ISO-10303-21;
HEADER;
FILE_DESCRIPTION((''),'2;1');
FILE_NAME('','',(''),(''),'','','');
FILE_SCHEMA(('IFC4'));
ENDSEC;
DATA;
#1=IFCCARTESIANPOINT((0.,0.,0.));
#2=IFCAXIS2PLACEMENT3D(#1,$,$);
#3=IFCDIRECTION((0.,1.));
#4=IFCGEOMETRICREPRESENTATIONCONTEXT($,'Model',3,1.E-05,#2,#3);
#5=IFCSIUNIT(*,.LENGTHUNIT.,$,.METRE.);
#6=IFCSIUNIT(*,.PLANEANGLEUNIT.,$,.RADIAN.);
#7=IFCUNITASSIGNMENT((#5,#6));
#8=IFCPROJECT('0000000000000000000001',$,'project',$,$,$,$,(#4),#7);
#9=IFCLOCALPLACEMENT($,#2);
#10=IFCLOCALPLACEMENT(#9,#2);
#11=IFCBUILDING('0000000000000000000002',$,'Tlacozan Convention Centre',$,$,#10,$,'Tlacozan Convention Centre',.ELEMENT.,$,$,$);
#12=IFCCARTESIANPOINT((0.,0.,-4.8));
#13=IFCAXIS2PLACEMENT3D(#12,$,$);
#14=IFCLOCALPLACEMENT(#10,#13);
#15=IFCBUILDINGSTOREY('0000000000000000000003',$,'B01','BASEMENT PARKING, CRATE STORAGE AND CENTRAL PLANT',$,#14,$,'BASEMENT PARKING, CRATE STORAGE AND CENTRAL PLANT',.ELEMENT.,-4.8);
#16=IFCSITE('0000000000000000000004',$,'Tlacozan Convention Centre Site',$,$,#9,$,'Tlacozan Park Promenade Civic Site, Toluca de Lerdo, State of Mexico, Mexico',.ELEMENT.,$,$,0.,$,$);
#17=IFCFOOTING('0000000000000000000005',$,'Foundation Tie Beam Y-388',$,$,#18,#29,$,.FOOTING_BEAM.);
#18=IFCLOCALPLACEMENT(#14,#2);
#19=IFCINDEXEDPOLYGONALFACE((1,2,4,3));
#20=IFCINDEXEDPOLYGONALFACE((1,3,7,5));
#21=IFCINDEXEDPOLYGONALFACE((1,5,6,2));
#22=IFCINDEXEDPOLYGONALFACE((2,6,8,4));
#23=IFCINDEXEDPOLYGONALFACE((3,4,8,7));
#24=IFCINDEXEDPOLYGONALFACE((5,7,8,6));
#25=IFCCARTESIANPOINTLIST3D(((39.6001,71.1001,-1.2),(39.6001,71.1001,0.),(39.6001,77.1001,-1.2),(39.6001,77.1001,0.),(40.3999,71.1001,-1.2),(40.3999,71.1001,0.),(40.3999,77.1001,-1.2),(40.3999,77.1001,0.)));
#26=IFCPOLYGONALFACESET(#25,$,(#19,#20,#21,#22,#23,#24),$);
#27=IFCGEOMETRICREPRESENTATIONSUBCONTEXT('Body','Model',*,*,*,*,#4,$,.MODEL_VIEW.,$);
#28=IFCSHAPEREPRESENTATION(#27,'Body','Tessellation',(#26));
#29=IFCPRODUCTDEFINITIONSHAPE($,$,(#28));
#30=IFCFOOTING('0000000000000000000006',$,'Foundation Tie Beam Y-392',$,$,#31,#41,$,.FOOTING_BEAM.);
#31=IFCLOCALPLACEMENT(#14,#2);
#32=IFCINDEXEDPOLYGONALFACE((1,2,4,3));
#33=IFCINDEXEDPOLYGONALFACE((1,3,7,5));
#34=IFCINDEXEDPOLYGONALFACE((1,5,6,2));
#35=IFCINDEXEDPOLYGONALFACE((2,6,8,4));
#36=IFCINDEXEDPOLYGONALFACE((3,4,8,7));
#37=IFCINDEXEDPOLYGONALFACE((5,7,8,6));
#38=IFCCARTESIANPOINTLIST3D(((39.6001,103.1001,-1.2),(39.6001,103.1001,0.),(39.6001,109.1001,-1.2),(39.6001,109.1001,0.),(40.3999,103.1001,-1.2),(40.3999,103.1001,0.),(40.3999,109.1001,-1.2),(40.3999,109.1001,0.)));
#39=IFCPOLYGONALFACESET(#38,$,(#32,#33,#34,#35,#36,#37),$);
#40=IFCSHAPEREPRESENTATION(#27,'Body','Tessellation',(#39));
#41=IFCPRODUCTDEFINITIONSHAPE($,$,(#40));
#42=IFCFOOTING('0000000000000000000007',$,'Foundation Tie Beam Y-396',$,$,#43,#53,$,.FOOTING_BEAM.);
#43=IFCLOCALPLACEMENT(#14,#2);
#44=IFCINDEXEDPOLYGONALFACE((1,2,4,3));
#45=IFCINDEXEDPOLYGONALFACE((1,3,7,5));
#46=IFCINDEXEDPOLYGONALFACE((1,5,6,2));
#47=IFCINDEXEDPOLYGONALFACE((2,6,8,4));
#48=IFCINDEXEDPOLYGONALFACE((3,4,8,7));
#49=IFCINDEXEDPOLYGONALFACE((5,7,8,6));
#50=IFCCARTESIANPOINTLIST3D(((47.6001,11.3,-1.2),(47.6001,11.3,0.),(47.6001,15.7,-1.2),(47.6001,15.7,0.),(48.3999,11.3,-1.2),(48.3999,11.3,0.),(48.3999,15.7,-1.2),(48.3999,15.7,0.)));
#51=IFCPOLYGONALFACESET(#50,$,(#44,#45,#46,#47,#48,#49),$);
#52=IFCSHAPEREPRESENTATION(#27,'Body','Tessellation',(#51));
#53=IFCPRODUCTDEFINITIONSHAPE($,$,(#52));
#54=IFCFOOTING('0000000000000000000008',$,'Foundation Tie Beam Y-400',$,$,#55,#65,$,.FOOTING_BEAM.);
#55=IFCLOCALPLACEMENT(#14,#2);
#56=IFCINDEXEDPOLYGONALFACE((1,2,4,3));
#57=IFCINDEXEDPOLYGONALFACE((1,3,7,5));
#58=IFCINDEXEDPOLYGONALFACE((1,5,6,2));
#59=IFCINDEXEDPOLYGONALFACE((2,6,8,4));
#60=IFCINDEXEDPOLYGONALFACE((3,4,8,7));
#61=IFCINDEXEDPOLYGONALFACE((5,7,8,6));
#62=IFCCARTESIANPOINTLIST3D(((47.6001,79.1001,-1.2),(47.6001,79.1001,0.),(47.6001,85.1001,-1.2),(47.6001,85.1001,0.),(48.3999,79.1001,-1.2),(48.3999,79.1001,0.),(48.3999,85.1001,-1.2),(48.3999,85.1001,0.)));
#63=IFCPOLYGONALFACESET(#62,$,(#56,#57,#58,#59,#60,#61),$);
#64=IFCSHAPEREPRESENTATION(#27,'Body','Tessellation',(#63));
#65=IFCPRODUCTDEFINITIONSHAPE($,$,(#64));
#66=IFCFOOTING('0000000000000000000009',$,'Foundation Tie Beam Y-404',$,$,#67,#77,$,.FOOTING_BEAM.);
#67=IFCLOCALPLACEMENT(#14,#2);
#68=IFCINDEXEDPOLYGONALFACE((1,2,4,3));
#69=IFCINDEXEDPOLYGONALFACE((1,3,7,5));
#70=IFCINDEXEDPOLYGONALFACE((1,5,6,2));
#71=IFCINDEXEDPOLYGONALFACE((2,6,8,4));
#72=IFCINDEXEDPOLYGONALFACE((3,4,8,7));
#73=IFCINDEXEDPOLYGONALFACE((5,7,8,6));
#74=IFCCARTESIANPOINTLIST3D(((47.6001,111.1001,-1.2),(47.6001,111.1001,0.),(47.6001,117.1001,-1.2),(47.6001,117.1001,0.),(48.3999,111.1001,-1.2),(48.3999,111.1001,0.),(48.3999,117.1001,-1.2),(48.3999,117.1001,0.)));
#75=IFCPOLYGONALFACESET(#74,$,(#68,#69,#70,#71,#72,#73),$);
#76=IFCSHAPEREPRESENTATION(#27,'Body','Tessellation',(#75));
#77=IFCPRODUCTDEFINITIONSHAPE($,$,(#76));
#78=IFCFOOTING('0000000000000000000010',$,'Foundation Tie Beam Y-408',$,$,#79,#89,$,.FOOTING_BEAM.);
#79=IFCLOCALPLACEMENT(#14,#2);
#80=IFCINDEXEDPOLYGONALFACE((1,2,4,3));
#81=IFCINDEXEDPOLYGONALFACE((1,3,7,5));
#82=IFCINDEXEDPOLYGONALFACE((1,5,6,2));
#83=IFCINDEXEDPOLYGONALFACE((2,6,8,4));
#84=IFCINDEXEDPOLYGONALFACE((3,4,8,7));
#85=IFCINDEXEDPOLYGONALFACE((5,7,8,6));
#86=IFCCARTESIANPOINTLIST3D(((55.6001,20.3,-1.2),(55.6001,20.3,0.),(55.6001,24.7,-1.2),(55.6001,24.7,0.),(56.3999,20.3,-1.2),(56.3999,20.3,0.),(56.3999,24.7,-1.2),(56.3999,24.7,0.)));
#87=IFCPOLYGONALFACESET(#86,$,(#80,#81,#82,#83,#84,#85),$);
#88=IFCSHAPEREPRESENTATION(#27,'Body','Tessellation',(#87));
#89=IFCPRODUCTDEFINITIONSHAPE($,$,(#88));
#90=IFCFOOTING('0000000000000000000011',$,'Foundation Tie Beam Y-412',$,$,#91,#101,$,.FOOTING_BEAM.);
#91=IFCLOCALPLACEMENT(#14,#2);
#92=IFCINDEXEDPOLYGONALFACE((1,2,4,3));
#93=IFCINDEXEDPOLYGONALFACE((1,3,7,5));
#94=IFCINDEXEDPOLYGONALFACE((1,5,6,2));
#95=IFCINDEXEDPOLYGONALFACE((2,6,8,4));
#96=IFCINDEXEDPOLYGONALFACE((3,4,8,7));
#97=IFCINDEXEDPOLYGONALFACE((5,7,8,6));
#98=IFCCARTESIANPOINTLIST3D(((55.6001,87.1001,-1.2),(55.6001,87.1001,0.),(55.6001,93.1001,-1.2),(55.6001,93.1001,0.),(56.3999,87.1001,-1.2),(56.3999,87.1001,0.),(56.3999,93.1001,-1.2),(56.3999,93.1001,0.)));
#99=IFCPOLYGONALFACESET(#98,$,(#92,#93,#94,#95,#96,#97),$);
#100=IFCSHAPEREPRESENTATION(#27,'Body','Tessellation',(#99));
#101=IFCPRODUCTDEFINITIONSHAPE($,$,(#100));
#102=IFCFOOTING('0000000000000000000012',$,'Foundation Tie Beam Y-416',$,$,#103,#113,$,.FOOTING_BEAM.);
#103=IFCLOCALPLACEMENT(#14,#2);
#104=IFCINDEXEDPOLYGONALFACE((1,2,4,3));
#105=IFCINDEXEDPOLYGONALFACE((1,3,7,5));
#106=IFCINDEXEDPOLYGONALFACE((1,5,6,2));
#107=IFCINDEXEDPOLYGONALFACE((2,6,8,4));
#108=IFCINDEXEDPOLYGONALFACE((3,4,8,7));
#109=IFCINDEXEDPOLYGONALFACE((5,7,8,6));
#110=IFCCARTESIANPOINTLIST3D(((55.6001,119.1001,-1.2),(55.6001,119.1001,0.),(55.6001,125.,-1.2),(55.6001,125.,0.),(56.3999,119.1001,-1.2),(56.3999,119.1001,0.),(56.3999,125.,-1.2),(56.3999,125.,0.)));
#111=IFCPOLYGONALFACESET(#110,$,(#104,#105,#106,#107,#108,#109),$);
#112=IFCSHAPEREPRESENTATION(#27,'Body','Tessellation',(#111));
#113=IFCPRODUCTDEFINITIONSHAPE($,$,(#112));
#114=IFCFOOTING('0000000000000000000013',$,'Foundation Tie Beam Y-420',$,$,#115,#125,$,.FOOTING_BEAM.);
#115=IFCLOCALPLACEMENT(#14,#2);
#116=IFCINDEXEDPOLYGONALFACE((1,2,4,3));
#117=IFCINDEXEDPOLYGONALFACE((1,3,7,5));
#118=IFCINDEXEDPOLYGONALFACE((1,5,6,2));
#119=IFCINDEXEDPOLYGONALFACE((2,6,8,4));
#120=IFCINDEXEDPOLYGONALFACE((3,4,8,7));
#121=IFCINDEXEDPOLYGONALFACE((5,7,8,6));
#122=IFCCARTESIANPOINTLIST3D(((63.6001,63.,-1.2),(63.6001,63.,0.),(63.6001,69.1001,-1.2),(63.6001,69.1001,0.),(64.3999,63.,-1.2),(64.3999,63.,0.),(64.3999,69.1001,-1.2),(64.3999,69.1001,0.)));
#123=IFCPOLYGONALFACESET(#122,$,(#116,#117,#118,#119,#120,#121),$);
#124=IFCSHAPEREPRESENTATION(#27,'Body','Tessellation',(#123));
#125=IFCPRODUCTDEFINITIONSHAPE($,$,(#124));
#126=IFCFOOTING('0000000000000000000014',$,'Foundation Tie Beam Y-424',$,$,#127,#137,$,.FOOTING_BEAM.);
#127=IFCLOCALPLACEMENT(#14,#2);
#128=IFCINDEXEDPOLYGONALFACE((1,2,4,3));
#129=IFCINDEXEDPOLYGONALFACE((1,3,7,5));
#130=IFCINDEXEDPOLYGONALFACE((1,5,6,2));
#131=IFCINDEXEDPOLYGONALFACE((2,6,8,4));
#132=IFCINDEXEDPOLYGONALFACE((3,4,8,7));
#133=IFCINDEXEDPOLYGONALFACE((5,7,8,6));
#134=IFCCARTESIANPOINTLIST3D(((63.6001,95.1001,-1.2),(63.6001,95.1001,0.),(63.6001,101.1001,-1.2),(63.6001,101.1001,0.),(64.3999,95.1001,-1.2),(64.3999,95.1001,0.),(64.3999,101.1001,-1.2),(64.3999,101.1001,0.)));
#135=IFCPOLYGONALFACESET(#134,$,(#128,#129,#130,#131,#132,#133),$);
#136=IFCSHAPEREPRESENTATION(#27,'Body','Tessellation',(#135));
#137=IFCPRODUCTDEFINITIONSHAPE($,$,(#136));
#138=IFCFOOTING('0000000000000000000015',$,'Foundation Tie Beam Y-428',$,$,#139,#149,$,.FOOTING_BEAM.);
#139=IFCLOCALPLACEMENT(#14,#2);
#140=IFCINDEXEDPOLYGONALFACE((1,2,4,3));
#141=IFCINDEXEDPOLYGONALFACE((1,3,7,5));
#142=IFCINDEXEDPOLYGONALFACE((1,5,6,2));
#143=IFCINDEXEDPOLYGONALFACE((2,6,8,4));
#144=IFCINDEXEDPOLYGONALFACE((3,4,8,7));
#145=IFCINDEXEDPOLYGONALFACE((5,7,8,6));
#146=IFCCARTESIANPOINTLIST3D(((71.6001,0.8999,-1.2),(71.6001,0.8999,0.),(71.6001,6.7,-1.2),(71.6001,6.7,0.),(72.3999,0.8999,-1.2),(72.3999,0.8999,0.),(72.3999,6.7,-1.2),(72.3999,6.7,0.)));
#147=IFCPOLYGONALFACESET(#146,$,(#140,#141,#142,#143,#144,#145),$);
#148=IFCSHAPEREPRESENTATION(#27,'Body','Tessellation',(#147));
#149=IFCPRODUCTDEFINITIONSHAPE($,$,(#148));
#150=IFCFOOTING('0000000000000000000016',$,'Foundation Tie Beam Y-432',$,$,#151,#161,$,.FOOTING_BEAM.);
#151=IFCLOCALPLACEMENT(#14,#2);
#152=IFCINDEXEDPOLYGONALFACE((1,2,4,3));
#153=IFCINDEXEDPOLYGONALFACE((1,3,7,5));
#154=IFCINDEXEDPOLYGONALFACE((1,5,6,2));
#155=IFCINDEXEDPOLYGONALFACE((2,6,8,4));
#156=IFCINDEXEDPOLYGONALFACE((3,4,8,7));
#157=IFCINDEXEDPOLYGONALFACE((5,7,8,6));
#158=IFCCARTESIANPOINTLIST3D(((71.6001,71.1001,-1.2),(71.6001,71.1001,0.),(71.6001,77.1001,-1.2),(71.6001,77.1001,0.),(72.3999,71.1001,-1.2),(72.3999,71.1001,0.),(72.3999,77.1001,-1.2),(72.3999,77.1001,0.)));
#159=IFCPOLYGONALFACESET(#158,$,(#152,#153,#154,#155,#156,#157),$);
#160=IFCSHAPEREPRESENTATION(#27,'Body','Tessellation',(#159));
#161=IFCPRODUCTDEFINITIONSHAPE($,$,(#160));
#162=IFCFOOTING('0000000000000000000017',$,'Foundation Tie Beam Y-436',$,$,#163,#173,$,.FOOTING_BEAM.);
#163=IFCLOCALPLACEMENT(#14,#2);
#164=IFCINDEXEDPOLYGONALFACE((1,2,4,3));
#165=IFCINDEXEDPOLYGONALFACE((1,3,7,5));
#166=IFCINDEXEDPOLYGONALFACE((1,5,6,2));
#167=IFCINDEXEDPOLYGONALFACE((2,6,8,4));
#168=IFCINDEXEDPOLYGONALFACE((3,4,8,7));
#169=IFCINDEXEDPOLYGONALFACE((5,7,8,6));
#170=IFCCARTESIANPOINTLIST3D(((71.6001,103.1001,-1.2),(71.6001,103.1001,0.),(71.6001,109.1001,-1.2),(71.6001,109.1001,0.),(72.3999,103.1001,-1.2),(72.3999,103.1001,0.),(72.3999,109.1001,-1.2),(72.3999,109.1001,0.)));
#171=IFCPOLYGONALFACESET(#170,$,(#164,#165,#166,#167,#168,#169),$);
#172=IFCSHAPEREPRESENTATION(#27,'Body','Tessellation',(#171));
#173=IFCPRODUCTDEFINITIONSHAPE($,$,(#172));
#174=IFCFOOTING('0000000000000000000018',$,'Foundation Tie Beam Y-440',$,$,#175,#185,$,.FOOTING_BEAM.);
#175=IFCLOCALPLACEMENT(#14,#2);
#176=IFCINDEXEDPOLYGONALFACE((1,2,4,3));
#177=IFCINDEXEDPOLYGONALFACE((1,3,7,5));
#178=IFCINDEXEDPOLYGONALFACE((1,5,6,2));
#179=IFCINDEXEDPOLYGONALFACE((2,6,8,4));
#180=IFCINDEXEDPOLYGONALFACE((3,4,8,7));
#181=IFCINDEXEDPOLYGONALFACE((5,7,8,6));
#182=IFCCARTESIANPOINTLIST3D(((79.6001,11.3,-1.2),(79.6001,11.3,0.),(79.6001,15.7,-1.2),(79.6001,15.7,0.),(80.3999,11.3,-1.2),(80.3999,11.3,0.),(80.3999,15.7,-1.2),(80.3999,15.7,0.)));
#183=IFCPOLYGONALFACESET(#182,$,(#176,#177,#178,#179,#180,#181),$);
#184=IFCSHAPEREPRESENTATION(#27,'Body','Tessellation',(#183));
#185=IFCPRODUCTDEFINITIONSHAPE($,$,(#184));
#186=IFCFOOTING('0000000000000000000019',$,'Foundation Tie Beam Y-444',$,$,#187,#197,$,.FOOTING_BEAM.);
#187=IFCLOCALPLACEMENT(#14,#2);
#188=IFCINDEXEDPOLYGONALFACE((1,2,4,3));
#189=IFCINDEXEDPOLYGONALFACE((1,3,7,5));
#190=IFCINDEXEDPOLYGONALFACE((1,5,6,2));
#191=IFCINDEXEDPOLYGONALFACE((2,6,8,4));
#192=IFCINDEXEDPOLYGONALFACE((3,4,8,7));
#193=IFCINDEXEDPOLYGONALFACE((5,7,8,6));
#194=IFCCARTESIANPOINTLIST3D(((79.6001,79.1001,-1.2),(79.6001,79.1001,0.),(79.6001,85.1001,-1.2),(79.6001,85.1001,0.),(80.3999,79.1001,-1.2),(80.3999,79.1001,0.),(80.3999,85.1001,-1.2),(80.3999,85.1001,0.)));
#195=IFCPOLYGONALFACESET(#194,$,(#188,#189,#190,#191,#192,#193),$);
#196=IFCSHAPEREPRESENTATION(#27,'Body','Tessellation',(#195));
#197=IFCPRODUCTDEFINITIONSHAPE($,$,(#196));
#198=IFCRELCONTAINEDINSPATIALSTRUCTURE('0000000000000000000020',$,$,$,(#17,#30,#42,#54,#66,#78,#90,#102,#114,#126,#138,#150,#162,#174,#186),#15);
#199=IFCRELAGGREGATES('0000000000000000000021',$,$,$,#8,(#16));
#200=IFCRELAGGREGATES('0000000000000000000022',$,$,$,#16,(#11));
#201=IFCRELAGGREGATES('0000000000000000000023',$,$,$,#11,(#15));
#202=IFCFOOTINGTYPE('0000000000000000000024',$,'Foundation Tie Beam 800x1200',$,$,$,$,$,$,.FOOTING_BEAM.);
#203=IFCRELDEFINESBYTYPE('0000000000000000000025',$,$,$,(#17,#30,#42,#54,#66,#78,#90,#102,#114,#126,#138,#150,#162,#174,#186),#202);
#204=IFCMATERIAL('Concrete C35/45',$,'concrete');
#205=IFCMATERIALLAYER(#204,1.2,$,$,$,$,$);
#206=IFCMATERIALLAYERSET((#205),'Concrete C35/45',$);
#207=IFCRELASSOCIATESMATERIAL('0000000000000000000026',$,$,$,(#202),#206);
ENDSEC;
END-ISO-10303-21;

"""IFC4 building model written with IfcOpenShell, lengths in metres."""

from ifc_helpers import new_model, si_unit, direction, frame, origin, place, context, subcontext, project, spatial, polyline, outline, extrude, material, layer, layer_set, type_object, element, save


model = new_model("IFC4")

# Units and contexts
model_context = context("Model", 3, precision=1e-05, world=origin(), true_north=direction((0.0, 1.0)))
body_context = subcontext(model_context, "Body", "Model", "MODEL_VIEW")
ifc_project = project(units=[si_unit("LENGTHUNIT", "METRE"), si_unit("PLANEANGLEUNIT", "RADIAN")], contexts=[model_context])

# Site, building, storey
site_placement = place(None, origin())
site = spatial("IfcSite", under=ifc_project, at=site_placement, Name="Tlacozan Convention Centre Site", LongName="Tlacozan Park Promenade Civic Site, Toluca de Lerdo, State of Mexico, Mexico", CompositionType="ELEMENT", RefElevation=0.0)
building_placement = place(site_placement, origin())
building = spatial("IfcBuilding", under=site, at=building_placement, Name="Tlacozan Convention Centre", LongName="Tlacozan Convention Centre", CompositionType="ELEMENT")
storey_placement = place(building_placement, frame((0.0, 0.0, -4.8)))
storey = spatial("IfcBuildingStorey", under=building, at=storey_placement, Name="B01", Description="BASEMENT PARKING, CRATE STORAGE AND CENTRAL PLANT", LongName="BASEMENT PARKING, CRATE STORAGE AND CENTRAL PLANT", CompositionType="ELEMENT", Elevation=-4.8)

# Footings
ifc_material = material(Name="Concrete C35/45", Category="concrete")
ifc_layer = layer(ifc_material, 1.2)
ifc_layer_set = layer_set([ifc_layer], Name="Concrete C35/45")
footing_type = type_object("IfcFootingType", Name="Foundation Tie Beam 800x1200", PredefinedType="FOOTING_BEAM", material=ifc_layer_set)
footing_1_placement = place(storey_placement, frame((0.0, 0.0, -1.2)))
element("IfcFooting", 1, at=footing_1_placement, inside=storey, type_object=footing_type, Name="Foundation Tie Beam Y-388", PredefinedType="FOOTING_BEAM", context=body_context, shape_type="SweptSolid", body=[
    extrude(outline(polyline([(39.6001, 71.1001), (40.3999, 71.1001), (40.3999, 77.1001), (39.6001, 77.1001), (39.6001, 71.1001)])), origin(), (0.0, 0.0, 1.0), 1.2),
])
footing_2_placement = place(storey_placement, frame((0.0, 0.0, -1.2)))
element("IfcFooting", 2, at=footing_2_placement, inside=storey, type_object=footing_type, Name="Foundation Tie Beam Y-392", PredefinedType="FOOTING_BEAM", context=body_context, shape_type="SweptSolid", body=[
    extrude(outline(polyline([(39.6001, 103.1001), (40.3999, 103.1001), (40.3999, 109.1001), (39.6001, 109.1001), (39.6001, 103.1001)])), origin(), (0.0, 0.0, 1.0), 1.2),
])
footing_3_placement = place(storey_placement, frame((0.0, 0.0, -1.2)))
element("IfcFooting", 3, at=footing_3_placement, inside=storey, type_object=footing_type, Name="Foundation Tie Beam Y-396", PredefinedType="FOOTING_BEAM", context=body_context, shape_type="SweptSolid", body=[
    extrude(outline(polyline([(47.6001, 11.3), (48.3999, 11.3), (48.3999, 15.7), (47.6001, 15.7), (47.6001, 11.3)])), origin(), (0.0, 0.0, 1.0), 1.2),
])
footing_4_placement = place(storey_placement, frame((0.0, 0.0, -1.2)))
element("IfcFooting", 4, at=footing_4_placement, inside=storey, type_object=footing_type, Name="Foundation Tie Beam Y-400", PredefinedType="FOOTING_BEAM", context=body_context, shape_type="SweptSolid", body=[
    extrude(outline(polyline([(47.6001, 79.1001), (48.3999, 79.1001), (48.3999, 85.1001), (47.6001, 85.1001), (47.6001, 79.1001)])), origin(), (0.0, 0.0, 1.0), 1.2),
])
footing_5_placement = place(storey_placement, frame((0.0, 0.0, -1.2)))
element("IfcFooting", 5, at=footing_5_placement, inside=storey, type_object=footing_type, Name="Foundation Tie Beam Y-404", PredefinedType="FOOTING_BEAM", context=body_context, shape_type="SweptSolid", body=[
    extrude(outline(polyline([(47.6001, 111.1001), (48.3999, 111.1001), (48.3999, 117.1001), (47.6001, 117.1001), (47.6001, 111.1001)])), origin(), (0.0, 0.0, 1.0), 1.2),
])
footing_6_placement = place(storey_placement, frame((0.0, 0.0, -1.2)))
element("IfcFooting", 6, at=footing_6_placement, inside=storey, type_object=footing_type, Name="Foundation Tie Beam Y-408", PredefinedType="FOOTING_BEAM", context=body_context, shape_type="SweptSolid", body=[
    extrude(outline(polyline([(55.6001, 20.3), (56.3999, 20.3), (56.3999, 24.7), (55.6001, 24.7), (55.6001, 20.3)])), origin(), (0.0, 0.0, 1.0), 1.2),
])
footing_7_placement = place(storey_placement, frame((0.0, 0.0, -1.2)))
element("IfcFooting", 7, at=footing_7_placement, inside=storey, type_object=footing_type, Name="Foundation Tie Beam Y-412", PredefinedType="FOOTING_BEAM", context=body_context, shape_type="SweptSolid", body=[
    extrude(outline(polyline([(55.6001, 87.1001), (56.3999, 87.1001), (56.3999, 93.1001), (55.6001, 93.1001), (55.6001, 87.1001)])), origin(), (0.0, 0.0, 1.0), 1.2),
])
footing_8_placement = place(storey_placement, frame((0.0, 0.0, -1.2)))
element("IfcFooting", 8, at=footing_8_placement, inside=storey, type_object=footing_type, Name="Foundation Tie Beam Y-416", PredefinedType="FOOTING_BEAM", context=body_context, shape_type="SweptSolid", body=[
    extrude(outline(polyline([(55.6001, 119.1001), (56.3999, 119.1001), (56.3999, 125.0), (55.6001, 125.0), (55.6001, 119.1001)])), origin(), (0.0, 0.0, 1.0), 1.2),
])
footing_9_placement = place(storey_placement, frame((0.0, 0.0, -1.2)))
element("IfcFooting", 9, at=footing_9_placement, inside=storey, type_object=footing_type, Name="Foundation Tie Beam Y-420", PredefinedType="FOOTING_BEAM", context=body_context, shape_type="SweptSolid", body=[
    extrude(outline(polyline([(63.6001, 63.0), (64.3999, 63.0), (64.3999, 69.1001), (63.6001, 69.1001), (63.6001, 63.0)])), origin(), (0.0, 0.0, 1.0), 1.2),
])
footing_10_placement = place(storey_placement, frame((0.0, 0.0, -1.2)))
element("IfcFooting", 10, at=footing_10_placement, inside=storey, type_object=footing_type, Name="Foundation Tie Beam Y-424", PredefinedType="FOOTING_BEAM", context=body_context, shape_type="SweptSolid", body=[
    extrude(outline(polyline([(63.6001, 95.1001), (64.3999, 95.1001), (64.3999, 101.1001), (63.6001, 101.1001), (63.6001, 95.1001)])), origin(), (0.0, 0.0, 1.0), 1.2),
])
footing_11_placement = place(storey_placement, frame((0.0, 0.0, -1.2)))
element("IfcFooting", 11, at=footing_11_placement, inside=storey, type_object=footing_type, Name="Foundation Tie Beam Y-428", PredefinedType="FOOTING_BEAM", context=body_context, shape_type="SweptSolid", body=[
    extrude(outline(polyline([(71.6001, 0.8999), (72.3999, 0.8999), (72.3999, 6.7), (71.6001, 6.7), (71.6001, 0.8999)])), origin(), (0.0, 0.0, 1.0), 1.2),
])
footing_12_placement = place(storey_placement, frame((0.0, 0.0, -1.2)))
element("IfcFooting", 12, at=footing_12_placement, inside=storey, type_object=footing_type, Name="Foundation Tie Beam Y-432", PredefinedType="FOOTING_BEAM", context=body_context, shape_type="SweptSolid", body=[
    extrude(outline(polyline([(71.6001, 71.1001), (72.3999, 71.1001), (72.3999, 77.1001), (71.6001, 77.1001), (71.6001, 71.1001)])), origin(), (0.0, 0.0, 1.0), 1.2),
])
footing_13_placement = place(storey_placement, frame((0.0, 0.0, -1.2)))
element("IfcFooting", 13, at=footing_13_placement, inside=storey, type_object=footing_type, Name="Foundation Tie Beam Y-436", PredefinedType="FOOTING_BEAM", context=body_context, shape_type="SweptSolid", body=[
    extrude(outline(polyline([(71.6001, 103.1001), (72.3999, 103.1001), (72.3999, 109.1001), (71.6001, 109.1001), (71.6001, 103.1001)])), origin(), (0.0, 0.0, 1.0), 1.2),
])
footing_14_placement = place(storey_placement, frame((0.0, 0.0, -1.2)))
element("IfcFooting", 14, at=footing_14_placement, inside=storey, type_object=footing_type, Name="Foundation Tie Beam Y-440", PredefinedType="FOOTING_BEAM", context=body_context, shape_type="SweptSolid", body=[
    extrude(outline(polyline([(79.6001, 11.3), (80.3999, 11.3), (80.3999, 15.7), (79.6001, 15.7), (79.6001, 11.3)])), origin(), (0.0, 0.0, 1.0), 1.2),
])
footing_15_placement = place(storey_placement, frame((0.0, 0.0, -1.2)))
element("IfcFooting", 15, at=footing_15_placement, inside=storey, type_object=footing_type, Name="Foundation Tie Beam Y-444", PredefinedType="FOOTING_BEAM", context=body_context, shape_type="SweptSolid", body=[
    extrude(outline(polyline([(79.6001, 79.1001), (80.3999, 79.1001), (80.3999, 85.1001), (79.6001, 85.1001), (79.6001, 79.1001)])), origin(), (0.0, 0.0, 1.0), 1.2),
])

save(model, "model.ifc")
